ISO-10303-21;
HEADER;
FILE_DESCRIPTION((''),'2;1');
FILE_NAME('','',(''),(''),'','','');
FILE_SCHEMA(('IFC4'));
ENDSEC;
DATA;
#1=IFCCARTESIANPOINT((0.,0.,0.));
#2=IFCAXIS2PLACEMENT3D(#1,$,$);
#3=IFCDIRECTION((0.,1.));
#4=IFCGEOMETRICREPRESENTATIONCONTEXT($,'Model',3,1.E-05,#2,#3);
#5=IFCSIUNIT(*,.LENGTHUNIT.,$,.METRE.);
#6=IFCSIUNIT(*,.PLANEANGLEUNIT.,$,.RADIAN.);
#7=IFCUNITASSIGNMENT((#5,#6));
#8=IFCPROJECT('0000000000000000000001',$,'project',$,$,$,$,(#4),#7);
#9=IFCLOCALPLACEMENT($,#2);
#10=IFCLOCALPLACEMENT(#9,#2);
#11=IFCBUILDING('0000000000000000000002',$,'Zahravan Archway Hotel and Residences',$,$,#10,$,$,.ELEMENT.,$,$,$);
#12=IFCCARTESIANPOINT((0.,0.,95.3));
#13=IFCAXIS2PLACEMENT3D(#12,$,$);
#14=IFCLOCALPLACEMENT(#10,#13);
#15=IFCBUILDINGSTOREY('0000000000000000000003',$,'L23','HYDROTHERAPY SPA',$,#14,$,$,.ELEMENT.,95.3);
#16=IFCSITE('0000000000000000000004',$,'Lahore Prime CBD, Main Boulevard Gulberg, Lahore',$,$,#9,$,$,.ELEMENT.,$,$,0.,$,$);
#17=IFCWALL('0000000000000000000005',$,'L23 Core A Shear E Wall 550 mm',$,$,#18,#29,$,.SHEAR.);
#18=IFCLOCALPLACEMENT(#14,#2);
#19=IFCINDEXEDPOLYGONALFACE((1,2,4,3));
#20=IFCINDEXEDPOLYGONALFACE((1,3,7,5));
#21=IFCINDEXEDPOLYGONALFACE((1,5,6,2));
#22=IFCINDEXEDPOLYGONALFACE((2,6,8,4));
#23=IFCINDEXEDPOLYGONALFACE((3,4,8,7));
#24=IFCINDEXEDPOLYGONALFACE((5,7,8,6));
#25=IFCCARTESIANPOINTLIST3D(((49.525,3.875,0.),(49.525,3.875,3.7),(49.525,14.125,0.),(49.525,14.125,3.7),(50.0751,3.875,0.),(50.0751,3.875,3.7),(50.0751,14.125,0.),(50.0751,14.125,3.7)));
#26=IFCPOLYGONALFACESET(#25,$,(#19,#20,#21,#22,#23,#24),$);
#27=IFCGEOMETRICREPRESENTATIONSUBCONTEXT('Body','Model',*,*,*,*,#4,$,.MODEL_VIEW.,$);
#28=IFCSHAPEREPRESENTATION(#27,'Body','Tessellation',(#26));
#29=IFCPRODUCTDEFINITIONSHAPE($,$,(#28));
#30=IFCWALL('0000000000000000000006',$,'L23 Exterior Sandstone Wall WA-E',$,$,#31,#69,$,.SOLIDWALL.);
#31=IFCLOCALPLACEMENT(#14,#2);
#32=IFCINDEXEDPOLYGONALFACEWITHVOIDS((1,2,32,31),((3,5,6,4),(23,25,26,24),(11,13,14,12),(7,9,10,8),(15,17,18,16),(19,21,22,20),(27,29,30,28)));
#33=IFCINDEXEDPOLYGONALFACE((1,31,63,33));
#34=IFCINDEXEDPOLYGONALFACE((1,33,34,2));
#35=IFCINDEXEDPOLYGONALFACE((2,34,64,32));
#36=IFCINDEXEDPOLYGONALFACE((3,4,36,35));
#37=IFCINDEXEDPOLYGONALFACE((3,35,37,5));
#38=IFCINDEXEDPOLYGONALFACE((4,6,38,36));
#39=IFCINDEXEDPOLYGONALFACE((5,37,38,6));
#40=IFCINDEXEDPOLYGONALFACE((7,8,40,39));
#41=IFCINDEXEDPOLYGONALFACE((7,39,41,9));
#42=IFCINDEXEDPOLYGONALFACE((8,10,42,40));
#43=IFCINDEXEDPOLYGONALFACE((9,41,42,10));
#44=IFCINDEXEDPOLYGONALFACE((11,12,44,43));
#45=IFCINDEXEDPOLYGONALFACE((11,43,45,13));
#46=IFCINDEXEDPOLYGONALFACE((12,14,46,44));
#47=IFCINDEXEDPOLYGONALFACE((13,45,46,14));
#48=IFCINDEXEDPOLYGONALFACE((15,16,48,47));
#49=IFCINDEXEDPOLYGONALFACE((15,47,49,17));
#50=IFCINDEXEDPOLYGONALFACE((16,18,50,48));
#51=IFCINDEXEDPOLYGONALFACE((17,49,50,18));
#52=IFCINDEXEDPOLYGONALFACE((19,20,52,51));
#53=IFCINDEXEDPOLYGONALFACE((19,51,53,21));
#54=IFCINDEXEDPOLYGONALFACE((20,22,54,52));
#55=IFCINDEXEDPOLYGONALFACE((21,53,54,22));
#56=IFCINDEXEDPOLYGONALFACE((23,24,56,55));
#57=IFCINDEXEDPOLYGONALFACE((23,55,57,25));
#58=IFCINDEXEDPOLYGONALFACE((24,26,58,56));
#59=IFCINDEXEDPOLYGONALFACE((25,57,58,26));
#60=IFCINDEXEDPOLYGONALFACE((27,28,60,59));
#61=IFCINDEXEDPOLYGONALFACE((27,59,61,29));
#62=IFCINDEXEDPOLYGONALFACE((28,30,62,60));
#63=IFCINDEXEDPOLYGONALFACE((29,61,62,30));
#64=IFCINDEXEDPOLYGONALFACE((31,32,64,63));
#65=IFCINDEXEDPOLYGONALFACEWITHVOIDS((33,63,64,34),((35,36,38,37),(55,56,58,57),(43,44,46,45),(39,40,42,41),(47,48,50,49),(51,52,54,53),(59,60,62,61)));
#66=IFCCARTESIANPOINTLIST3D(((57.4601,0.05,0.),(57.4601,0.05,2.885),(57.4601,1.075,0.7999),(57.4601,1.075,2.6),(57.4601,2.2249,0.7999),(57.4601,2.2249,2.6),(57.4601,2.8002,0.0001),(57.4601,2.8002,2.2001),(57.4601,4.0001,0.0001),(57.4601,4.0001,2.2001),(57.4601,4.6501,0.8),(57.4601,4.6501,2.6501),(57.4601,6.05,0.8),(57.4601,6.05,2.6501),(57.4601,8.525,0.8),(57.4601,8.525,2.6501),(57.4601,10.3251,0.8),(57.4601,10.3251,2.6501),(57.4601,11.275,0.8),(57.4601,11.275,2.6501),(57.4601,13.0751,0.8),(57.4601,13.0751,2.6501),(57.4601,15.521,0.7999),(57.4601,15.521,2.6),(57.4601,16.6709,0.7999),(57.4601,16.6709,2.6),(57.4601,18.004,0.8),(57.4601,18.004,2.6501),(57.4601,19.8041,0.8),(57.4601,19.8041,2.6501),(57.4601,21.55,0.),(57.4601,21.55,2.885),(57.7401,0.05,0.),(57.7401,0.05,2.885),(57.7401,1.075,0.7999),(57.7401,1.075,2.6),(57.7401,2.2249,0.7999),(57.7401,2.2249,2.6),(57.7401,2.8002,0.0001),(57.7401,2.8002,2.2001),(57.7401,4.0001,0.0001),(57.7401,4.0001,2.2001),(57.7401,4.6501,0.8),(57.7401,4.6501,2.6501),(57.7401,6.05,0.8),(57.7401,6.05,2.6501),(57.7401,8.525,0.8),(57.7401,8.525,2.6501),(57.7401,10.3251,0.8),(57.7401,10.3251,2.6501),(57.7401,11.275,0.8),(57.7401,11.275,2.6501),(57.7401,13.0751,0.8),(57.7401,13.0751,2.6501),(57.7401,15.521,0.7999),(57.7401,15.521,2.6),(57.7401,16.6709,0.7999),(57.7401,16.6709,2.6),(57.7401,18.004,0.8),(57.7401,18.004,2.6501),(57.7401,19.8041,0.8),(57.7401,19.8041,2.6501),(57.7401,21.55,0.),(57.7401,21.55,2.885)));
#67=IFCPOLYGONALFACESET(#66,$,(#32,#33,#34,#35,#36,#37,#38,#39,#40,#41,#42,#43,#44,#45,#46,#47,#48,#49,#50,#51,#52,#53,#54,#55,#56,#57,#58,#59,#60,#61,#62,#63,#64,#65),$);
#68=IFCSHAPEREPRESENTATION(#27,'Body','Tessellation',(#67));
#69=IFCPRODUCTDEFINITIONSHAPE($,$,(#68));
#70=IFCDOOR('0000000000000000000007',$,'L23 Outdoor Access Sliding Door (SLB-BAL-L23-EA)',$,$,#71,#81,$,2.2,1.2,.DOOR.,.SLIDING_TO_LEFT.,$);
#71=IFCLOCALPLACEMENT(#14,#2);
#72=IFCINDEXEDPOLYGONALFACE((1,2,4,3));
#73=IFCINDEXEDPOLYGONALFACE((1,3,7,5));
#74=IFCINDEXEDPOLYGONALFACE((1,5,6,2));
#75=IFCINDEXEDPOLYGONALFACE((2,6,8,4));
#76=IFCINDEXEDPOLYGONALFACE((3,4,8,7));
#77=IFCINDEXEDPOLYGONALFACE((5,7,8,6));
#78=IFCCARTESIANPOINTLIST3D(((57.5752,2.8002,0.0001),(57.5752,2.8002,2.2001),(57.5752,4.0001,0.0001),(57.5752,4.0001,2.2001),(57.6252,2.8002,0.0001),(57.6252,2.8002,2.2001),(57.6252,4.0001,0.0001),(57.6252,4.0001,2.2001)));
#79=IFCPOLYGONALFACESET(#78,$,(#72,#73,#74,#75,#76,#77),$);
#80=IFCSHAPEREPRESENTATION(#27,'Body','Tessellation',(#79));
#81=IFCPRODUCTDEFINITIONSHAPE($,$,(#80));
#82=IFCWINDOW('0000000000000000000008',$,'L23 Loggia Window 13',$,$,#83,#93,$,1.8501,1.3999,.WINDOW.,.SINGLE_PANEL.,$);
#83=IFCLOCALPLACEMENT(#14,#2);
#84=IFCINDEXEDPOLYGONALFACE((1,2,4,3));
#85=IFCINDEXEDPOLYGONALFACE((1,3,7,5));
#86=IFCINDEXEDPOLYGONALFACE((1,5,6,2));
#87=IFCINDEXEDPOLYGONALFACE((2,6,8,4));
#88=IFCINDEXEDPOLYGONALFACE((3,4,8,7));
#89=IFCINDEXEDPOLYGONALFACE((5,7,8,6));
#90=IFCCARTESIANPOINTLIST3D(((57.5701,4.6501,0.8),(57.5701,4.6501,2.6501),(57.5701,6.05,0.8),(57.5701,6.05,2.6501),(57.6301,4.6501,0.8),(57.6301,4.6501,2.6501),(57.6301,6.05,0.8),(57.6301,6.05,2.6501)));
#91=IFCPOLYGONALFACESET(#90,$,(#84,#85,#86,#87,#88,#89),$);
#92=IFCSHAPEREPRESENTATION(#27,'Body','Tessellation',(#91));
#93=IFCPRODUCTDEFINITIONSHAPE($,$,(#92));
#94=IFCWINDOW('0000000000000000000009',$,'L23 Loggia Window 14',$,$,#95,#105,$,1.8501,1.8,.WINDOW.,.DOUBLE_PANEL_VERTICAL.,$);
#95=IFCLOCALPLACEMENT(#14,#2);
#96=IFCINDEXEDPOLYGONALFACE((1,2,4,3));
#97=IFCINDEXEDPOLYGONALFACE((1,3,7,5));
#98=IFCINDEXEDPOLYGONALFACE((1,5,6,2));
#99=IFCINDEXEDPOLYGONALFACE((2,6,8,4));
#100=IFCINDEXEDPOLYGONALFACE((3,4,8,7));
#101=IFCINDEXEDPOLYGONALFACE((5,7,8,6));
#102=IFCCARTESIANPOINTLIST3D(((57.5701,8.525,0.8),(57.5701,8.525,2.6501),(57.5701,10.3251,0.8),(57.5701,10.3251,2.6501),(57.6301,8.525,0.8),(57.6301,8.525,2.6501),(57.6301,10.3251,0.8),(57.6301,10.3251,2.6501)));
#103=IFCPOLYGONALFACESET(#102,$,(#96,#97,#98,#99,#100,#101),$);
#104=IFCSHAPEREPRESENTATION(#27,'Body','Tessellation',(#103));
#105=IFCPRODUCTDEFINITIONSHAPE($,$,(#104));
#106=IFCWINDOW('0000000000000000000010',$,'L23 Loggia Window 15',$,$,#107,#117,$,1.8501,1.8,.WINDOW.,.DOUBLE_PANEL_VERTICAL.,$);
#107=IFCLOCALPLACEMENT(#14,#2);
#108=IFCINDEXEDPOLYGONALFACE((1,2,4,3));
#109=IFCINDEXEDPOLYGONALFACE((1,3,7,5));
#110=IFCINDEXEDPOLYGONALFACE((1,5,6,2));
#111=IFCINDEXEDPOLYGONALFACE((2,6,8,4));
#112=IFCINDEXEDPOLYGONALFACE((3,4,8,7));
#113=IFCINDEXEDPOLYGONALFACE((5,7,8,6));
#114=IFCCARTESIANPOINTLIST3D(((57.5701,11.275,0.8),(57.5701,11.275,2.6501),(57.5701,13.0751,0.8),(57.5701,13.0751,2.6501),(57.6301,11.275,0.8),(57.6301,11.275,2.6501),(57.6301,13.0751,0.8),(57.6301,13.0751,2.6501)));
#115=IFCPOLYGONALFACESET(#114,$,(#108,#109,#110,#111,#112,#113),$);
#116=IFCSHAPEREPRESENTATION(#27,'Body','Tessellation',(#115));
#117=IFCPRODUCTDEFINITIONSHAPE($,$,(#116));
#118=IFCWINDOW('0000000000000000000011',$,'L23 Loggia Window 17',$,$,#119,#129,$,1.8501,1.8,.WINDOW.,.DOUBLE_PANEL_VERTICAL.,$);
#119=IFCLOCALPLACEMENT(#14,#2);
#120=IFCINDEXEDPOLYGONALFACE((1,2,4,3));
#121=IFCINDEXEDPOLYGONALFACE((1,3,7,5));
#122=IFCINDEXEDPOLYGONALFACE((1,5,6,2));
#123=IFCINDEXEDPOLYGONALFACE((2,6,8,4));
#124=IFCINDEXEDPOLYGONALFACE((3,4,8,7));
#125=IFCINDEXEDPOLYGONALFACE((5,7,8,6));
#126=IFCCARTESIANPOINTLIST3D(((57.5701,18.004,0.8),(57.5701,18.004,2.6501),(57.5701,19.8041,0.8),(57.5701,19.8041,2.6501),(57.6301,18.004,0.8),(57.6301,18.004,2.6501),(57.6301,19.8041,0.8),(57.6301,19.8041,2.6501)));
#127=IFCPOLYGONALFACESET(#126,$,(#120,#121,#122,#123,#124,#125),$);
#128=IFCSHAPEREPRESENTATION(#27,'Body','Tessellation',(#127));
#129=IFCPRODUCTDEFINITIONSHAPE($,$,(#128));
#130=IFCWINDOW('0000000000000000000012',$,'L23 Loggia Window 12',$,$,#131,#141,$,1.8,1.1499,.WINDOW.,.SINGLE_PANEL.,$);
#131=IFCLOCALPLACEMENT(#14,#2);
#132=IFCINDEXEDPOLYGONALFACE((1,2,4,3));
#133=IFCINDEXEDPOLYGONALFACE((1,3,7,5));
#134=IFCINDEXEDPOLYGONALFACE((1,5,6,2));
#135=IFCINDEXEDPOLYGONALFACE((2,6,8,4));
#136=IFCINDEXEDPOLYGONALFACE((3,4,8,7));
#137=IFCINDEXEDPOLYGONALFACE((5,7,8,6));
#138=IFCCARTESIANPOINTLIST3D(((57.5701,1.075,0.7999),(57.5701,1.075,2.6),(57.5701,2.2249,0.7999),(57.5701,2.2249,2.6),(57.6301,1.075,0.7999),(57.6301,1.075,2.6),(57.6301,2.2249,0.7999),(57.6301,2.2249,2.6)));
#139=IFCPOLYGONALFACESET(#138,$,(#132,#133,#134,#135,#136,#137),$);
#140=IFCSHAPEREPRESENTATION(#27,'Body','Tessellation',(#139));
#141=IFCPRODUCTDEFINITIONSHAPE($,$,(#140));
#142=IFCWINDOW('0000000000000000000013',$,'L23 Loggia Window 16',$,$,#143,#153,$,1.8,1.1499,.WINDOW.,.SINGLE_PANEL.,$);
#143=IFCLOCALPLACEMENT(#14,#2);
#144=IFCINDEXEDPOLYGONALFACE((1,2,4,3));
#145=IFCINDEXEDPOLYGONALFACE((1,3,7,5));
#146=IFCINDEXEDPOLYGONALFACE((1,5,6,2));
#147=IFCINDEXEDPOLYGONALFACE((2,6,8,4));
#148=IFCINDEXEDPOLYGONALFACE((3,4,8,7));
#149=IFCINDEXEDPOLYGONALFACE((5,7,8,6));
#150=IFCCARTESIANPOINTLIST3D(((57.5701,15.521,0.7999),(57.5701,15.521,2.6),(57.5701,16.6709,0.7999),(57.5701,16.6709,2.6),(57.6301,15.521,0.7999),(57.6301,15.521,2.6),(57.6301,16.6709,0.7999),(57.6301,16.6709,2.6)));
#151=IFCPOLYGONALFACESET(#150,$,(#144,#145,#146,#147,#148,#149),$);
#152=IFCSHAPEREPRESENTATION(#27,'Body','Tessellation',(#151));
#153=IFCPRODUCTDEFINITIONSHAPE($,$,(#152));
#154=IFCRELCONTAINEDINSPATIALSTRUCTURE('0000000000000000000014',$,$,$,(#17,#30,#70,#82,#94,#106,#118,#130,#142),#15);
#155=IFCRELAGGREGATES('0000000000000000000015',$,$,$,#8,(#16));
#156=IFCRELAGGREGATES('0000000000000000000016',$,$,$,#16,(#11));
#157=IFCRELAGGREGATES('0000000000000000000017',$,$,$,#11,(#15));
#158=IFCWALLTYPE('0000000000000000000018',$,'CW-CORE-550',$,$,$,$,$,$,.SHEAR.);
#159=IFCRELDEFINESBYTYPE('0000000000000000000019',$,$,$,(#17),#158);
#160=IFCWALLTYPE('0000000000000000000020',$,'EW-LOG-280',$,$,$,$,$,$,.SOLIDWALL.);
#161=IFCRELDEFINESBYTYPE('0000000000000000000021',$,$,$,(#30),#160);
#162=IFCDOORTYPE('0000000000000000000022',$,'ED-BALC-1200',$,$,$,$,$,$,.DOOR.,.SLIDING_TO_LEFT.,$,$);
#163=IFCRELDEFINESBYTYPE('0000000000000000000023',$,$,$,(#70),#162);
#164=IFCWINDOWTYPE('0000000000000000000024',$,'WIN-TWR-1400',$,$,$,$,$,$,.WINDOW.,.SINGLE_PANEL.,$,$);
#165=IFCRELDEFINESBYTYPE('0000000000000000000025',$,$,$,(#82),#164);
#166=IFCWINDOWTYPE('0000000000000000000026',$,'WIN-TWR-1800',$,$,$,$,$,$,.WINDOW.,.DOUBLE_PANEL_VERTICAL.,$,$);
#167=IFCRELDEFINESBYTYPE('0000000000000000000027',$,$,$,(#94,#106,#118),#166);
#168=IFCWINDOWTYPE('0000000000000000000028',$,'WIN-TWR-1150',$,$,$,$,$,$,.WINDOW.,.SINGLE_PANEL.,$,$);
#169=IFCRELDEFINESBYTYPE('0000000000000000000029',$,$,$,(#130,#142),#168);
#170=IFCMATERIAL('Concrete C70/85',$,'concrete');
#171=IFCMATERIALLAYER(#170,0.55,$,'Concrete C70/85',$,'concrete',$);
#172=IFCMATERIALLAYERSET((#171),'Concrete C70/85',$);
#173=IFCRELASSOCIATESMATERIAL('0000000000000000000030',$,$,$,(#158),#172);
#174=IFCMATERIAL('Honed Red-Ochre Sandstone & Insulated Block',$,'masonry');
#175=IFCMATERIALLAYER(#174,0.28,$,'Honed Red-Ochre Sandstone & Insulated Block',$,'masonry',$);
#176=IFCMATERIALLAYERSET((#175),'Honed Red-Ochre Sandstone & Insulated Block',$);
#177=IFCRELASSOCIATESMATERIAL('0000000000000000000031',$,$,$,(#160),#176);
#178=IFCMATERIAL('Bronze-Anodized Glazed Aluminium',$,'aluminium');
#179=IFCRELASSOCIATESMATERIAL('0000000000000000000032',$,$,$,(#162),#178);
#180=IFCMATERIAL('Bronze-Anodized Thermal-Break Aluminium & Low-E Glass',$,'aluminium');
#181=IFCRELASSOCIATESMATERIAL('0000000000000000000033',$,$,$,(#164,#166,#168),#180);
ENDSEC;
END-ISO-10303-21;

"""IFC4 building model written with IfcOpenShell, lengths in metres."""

from ifc_helpers import new_model, si_unit, direction, frame, frame_2d, origin, place, context, subcontext, project, spatial, rectangle, extrude, source, transform, mapped, material, layer, layer_set, type_object, type_shapes, element, fill, save


model = new_model("IFC4")

# Units and contexts
model_context = context("Model", 3, precision=1e-05, world=origin(), true_north=direction((0.0, 1.0)))
body_context = subcontext(model_context, "Body", "Model", "MODEL_VIEW")
ifc_project = project(units=[si_unit("LENGTHUNIT", "METRE"), si_unit("PLANEANGLEUNIT", "RADIAN")], contexts=[model_context])

# Site, building, storey
site_placement = place(None, origin())
site = spatial("IfcSite", under=ifc_project, at=site_placement, Name="Lahore Prime CBD, Main Boulevard Gulberg, Lahore", CompositionType="ELEMENT", RefElevation=0.0)
building_placement = place(site_placement, origin())
building = spatial("IfcBuilding", under=site, at=building_placement, Name="Zahravan Archway Hotel and Residences", CompositionType="ELEMENT")
storey_placement = place(building_placement, frame((0.0, 0.0, 95.3)))
storey = spatial("IfcBuildingStorey", under=building, at=storey_placement, Name="L23", Description="HYDROTHERAPY SPA", CompositionType="ELEMENT", Elevation=95.3)

# Shared definitions
ifc_material_1 = material(Name="Concrete C70/85", Category="concrete")

# Wall
ifc_layer_1 = layer(ifc_material_1, 0.55, Name="Concrete C70/85", Category="concrete")
ifc_layer_set_1 = layer_set([ifc_layer_1], Name="Concrete C70/85")
wall_type_1 = type_object("IfcWallType", Name="CW-CORE-550", PredefinedType="SHEAR", material=ifc_layer_set_1)
wall_1_placement = place(storey_placement, frame((49.8, 3.875, 0.0), z_axis=(0.0, 0.0, 1.0), x_axis=(0.0, 1.0, 0.0)))
element("IfcWall", 1, at=wall_1_placement, inside=storey, type_object=wall_type_1, Name="L23 Core A Shear E Wall 550 mm", PredefinedType="SHEAR", context=body_context, shape_type="SweptSolid", body=[
    extrude(rectangle(XDim=10.25, YDim=0.55, at=frame_2d((5.125, 0.0))), origin(), (0.0, 0.0, 1.0), 3.7),
])

# Wall, openings, door, windows
ifc_material_2 = material(Name="Honed Red-Ochre Sandstone & Insulated Block", Category="masonry")
ifc_layer_2 = layer(ifc_material_2, 0.28, Name="Honed Red-Ochre Sandstone & Insulated Block", Category="masonry")
ifc_layer_set_2 = layer_set([ifc_layer_2], Name="Honed Red-Ochre Sandstone & Insulated Block")
wall_type_2 = type_object("IfcWallType", Name="EW-LOG-280", PredefinedType="SOLIDWALL", material=ifc_layer_set_2)
wall_2_placement = place(storey_placement, frame((57.6001, 0.05, 0.0), z_axis=(0.0, 0.0, 1.0), x_axis=(0.0, 1.0, 0.0)))
wall_2 = element("IfcWall", 2, at=wall_2_placement, inside=storey, type_object=wall_type_2, Name="L23 Exterior Sandstone Wall WA-E", PredefinedType="SOLIDWALL", context=body_context, shape_type="SweptSolid", body=[
    extrude(rectangle(XDim=21.5, YDim=0.28, at=frame_2d((10.75, 0.0))), origin(), (0.0, 0.0, 1.0), 2.885),
])
opening_1_placement = place(wall_2_placement, frame((2.75, 0.0, 0.0)))
opening_1 = element("IfcOpeningElement", 3, at=opening_1_placement, cuts=wall_2, PredefinedType="OPENING", context=body_context, shape_type="SweptSolid", body=[
    extrude(rectangle(XDim=1.2, YDim=2.2, at=frame_2d((0.6001, 1.1001))), frame((0.0, 0.1499, 0.0), z_axis=(0.0, -1.0, 0.0), x_axis=(1.0, 0.0, 0.0)), (0.0, 0.0, 1.0), 0.3),
])
opening_2_placement = place(wall_2_placement, frame((1.0249, 0.0, 0.8)))
opening_2 = element("IfcOpeningElement", 4, at=opening_2_placement, cuts=wall_2, PredefinedType="OPENING", context=body_context, shape_type="SweptSolid", body=[
    extrude(rectangle(XDim=1.1499, YDim=1.8, at=frame_2d((0.575, 0.8999))), frame((0.0, 0.1499, 0.0), z_axis=(0.0, -1.0, 0.0), x_axis=(1.0, 0.0, 0.0)), (0.0, 0.0, 1.0), 0.3),
])
opening_3_placement = place(wall_2_placement, frame((4.6001, 0.0, 0.8)))
opening_3 = element("IfcOpeningElement", 5, at=opening_3_placement, cuts=wall_2, PredefinedType="OPENING", context=body_context, shape_type="SweptSolid", body=[
    extrude(rectangle(XDim=1.3999, YDim=1.8501, at=frame_2d((0.7, 0.925))), frame((0.0, 0.1499, 0.0), z_axis=(0.0, -1.0, 0.0), x_axis=(1.0, 0.0, 0.0)), (0.0, 0.0, 1.0), 0.3),
])
opening_4_placement = place(wall_2_placement, frame((8.4751, 0.0, 0.8)))
opening_4 = element("IfcOpeningElement", 6, at=opening_4_placement, cuts=wall_2, PredefinedType="OPENING", context=body_context, shape_type="SweptSolid", body=[
    extrude(rectangle(XDim=1.8, YDim=1.8501, at=frame_2d((0.8999, 0.925))), frame((0.0, 0.1499, 0.0), z_axis=(0.0, -1.0, 0.0), x_axis=(1.0, 0.0, 0.0)), (0.0, 0.0, 1.0), 0.3),
])
opening_5_placement = place(wall_2_placement, frame((11.2251, 0.0, 0.8)))
opening_5 = element("IfcOpeningElement", 7, at=opening_5_placement, cuts=wall_2, PredefinedType="OPENING", context=body_context, shape_type="SweptSolid", body=[
    extrude(rectangle(XDim=1.8, YDim=1.8501, at=frame_2d((0.8999, 0.925))), frame((0.0, 0.1499, 0.0), z_axis=(0.0, -1.0, 0.0), x_axis=(1.0, 0.0, 0.0)), (0.0, 0.0, 1.0), 0.3),
])
opening_6_placement = place(wall_2_placement, frame((15.4709, 0.0, 0.8)))
opening_6 = element("IfcOpeningElement", 8, at=opening_6_placement, cuts=wall_2, PredefinedType="OPENING", context=body_context, shape_type="SweptSolid", body=[
    extrude(rectangle(XDim=1.1499, YDim=1.8, at=frame_2d((0.575, 0.8999))), frame((0.0, 0.1499, 0.0), z_axis=(0.0, -1.0, 0.0), x_axis=(1.0, 0.0, 0.0)), (0.0, 0.0, 1.0), 0.3),
])
opening_7_placement = place(wall_2_placement, frame((17.9541, 0.0, 0.8)))
opening_7 = element("IfcOpeningElement", 9, at=opening_7_placement, cuts=wall_2, PredefinedType="OPENING", context=body_context, shape_type="SweptSolid", body=[
    extrude(rectangle(XDim=1.8, YDim=1.8501, at=frame_2d((0.8999, 0.925))), frame((0.0, 0.1499, 0.0), z_axis=(0.0, -1.0, 0.0), x_axis=(1.0, 0.0, 0.0)), (0.0, 0.0, 1.0), 0.3),
])
ifc_material_3 = material(Name="Bronze-Anodized Glazed Aluminium", Category="aluminium")
door_type = type_object("IfcDoorType", Name="ED-BALC-1200", OperationType="SLIDING_TO_LEFT", PredefinedType="DOOR", material=ifc_material_3)
shared_shape_1 = source(origin(), body_context, "Body", "SweptSolid", [
    extrude(rectangle(XDim=1.2, YDim=2.2, at=frame_2d((0.6001, 1.1001))), frame((0.0, 0.0249, 0.0), z_axis=(0.0, -1.0, 0.0), x_axis=(1.0, 0.0, 0.0)), (0.0, 0.0, 1.0), 0.05),
])
type_shapes(door_type, [shared_shape_1])
door_placement = place(opening_1_placement, origin())
door = element("IfcDoor", 10, at=door_placement, inside=storey, type_object=door_type, Name="L23 Outdoor Access Sliding Door (SLB-BAL-L23-EA)", OperationType="SLIDING_TO_LEFT", OverallHeight=2.2, OverallWidth=1.2, PredefinedType="DOOR", context=body_context, shape_type="MappedRepresentation", body=[
    mapped(shared_shape_1, transform((0.0, 0.0, 0.0), scale=1.0)),
])
fill(opening_1, door)
ifc_material_4 = material(Name="Bronze-Anodized Thermal-Break Aluminium & Low-E Glass", Category="aluminium")
window_type_1 = type_object("IfcWindowType", Name="WIN-TWR-1400", PartitioningType="SINGLE_PANEL", PredefinedType="WINDOW", material=ifc_material_4)
shared_shape_2 = source(origin(), body_context, "Body", "SweptSolid", [
    extrude(rectangle(XDim=1.3999, YDim=1.8501, at=frame_2d((0.7, 0.925))), frame((0.0, 0.03, 0.0), z_axis=(0.0, -1.0, 0.0), x_axis=(1.0, 0.0, 0.0)), (0.0, 0.0, 1.0), 0.0601),
])
type_shapes(window_type_1, [shared_shape_2])
window_1_placement = place(opening_3_placement, origin())
window_1 = element("IfcWindow", 11, at=window_1_placement, inside=storey, type_object=window_type_1, Name="L23 Loggia Window 13", OverallHeight=1.8501, OverallWidth=1.3999, PartitioningType="SINGLE_PANEL", PredefinedType="WINDOW", context=body_context, shape_type="MappedRepresentation", body=[
    mapped(shared_shape_2, transform((0.0, 0.0, 0.0), scale=1.0)),
])
fill(opening_3, window_1)
window_type_2 = type_object("IfcWindowType", Name="WIN-TWR-1800", PartitioningType="DOUBLE_PANEL_VERTICAL", PredefinedType="WINDOW", material=ifc_material_4)
shared_shape_3 = source(origin(), body_context, "Body", "SweptSolid", [
    extrude(rectangle(XDim=1.8, YDim=1.8501, at=frame_2d((0.8999, 0.925))), frame((0.0, 0.03, 0.0), z_axis=(0.0, -1.0, 0.0), x_axis=(1.0, 0.0, 0.0)), (0.0, 0.0, 1.0), 0.0601),
])
type_shapes(window_type_2, [shared_shape_3])
window_2_placement = place(opening_4_placement, origin())
window_2 = element("IfcWindow", 12, at=window_2_placement, inside=storey, type_object=window_type_2, Name="L23 Loggia Window 14", OverallHeight=1.8501, OverallWidth=1.8, PartitioningType="DOUBLE_PANEL_VERTICAL", PredefinedType="WINDOW", context=body_context, shape_type="MappedRepresentation", body=[
    mapped(shared_shape_3, transform((0.0, 0.0, 0.0), scale=1.0)),
])
fill(opening_4, window_2)
window_3_placement = place(opening_5_placement, origin())
window_3 = element("IfcWindow", 13, at=window_3_placement, inside=storey, type_object=window_type_2, Name="L23 Loggia Window 15", OverallHeight=1.8501, OverallWidth=1.8, PartitioningType="DOUBLE_PANEL_VERTICAL", PredefinedType="WINDOW", context=body_context, shape_type="MappedRepresentation", body=[
    mapped(shared_shape_3, transform((0.0, 0.0, 0.0), scale=1.0)),
])
fill(opening_5, window_3)
window_4_placement = place(opening_7_placement, origin())
window_4 = element("IfcWindow", 14, at=window_4_placement, inside=storey, type_object=window_type_2, Name="L23 Loggia Window 17", OverallHeight=1.8501, OverallWidth=1.8, PartitioningType="DOUBLE_PANEL_VERTICAL", PredefinedType="WINDOW", context=body_context, shape_type="MappedRepresentation", body=[
    mapped(shared_shape_3, transform((0.0, 0.0, 0.0), scale=1.0)),
])
fill(opening_7, window_4)
window_type_3 = type_object("IfcWindowType", Name="WIN-TWR-1150", PartitioningType="SINGLE_PANEL", PredefinedType="WINDOW", material=ifc_material_4)
shared_shape_4 = source(origin(), body_context, "Body", "SweptSolid", [
    extrude(rectangle(XDim=1.1499, YDim=1.8, at=frame_2d((0.575, 0.8999))), frame((0.0, 0.03, 0.0), z_axis=(0.0, -1.0, 0.0), x_axis=(1.0, 0.0, 0.0)), (0.0, 0.0, 1.0), 0.0601),
])
type_shapes(window_type_3, [shared_shape_4])
window_5_placement = place(opening_2_placement, origin())
window_5 = element("IfcWindow", 15, at=window_5_placement, inside=storey, type_object=window_type_3, Name="L23 Loggia Window 12", OverallHeight=1.8, OverallWidth=1.1499, PartitioningType="SINGLE_PANEL", PredefinedType="WINDOW", context=body_context, shape_type="MappedRepresentation", body=[
    mapped(shared_shape_4, transform((0.0, 0.0, 0.0), scale=1.0)),
])
fill(opening_2, window_5)
window_6_placement = place(opening_6_placement, origin())
window_6 = element("IfcWindow", 16, at=window_6_placement, inside=storey, type_object=window_type_3, Name="L23 Loggia Window 16", OverallHeight=1.8, OverallWidth=1.1499, PartitioningType="SINGLE_PANEL", PredefinedType="WINDOW", context=body_context, shape_type="MappedRepresentation", body=[
    mapped(shared_shape_4, transform((0.0, 0.0, 0.0), scale=1.0)),
])
fill(opening_6, window_6)

save(model, "model.ifc")
